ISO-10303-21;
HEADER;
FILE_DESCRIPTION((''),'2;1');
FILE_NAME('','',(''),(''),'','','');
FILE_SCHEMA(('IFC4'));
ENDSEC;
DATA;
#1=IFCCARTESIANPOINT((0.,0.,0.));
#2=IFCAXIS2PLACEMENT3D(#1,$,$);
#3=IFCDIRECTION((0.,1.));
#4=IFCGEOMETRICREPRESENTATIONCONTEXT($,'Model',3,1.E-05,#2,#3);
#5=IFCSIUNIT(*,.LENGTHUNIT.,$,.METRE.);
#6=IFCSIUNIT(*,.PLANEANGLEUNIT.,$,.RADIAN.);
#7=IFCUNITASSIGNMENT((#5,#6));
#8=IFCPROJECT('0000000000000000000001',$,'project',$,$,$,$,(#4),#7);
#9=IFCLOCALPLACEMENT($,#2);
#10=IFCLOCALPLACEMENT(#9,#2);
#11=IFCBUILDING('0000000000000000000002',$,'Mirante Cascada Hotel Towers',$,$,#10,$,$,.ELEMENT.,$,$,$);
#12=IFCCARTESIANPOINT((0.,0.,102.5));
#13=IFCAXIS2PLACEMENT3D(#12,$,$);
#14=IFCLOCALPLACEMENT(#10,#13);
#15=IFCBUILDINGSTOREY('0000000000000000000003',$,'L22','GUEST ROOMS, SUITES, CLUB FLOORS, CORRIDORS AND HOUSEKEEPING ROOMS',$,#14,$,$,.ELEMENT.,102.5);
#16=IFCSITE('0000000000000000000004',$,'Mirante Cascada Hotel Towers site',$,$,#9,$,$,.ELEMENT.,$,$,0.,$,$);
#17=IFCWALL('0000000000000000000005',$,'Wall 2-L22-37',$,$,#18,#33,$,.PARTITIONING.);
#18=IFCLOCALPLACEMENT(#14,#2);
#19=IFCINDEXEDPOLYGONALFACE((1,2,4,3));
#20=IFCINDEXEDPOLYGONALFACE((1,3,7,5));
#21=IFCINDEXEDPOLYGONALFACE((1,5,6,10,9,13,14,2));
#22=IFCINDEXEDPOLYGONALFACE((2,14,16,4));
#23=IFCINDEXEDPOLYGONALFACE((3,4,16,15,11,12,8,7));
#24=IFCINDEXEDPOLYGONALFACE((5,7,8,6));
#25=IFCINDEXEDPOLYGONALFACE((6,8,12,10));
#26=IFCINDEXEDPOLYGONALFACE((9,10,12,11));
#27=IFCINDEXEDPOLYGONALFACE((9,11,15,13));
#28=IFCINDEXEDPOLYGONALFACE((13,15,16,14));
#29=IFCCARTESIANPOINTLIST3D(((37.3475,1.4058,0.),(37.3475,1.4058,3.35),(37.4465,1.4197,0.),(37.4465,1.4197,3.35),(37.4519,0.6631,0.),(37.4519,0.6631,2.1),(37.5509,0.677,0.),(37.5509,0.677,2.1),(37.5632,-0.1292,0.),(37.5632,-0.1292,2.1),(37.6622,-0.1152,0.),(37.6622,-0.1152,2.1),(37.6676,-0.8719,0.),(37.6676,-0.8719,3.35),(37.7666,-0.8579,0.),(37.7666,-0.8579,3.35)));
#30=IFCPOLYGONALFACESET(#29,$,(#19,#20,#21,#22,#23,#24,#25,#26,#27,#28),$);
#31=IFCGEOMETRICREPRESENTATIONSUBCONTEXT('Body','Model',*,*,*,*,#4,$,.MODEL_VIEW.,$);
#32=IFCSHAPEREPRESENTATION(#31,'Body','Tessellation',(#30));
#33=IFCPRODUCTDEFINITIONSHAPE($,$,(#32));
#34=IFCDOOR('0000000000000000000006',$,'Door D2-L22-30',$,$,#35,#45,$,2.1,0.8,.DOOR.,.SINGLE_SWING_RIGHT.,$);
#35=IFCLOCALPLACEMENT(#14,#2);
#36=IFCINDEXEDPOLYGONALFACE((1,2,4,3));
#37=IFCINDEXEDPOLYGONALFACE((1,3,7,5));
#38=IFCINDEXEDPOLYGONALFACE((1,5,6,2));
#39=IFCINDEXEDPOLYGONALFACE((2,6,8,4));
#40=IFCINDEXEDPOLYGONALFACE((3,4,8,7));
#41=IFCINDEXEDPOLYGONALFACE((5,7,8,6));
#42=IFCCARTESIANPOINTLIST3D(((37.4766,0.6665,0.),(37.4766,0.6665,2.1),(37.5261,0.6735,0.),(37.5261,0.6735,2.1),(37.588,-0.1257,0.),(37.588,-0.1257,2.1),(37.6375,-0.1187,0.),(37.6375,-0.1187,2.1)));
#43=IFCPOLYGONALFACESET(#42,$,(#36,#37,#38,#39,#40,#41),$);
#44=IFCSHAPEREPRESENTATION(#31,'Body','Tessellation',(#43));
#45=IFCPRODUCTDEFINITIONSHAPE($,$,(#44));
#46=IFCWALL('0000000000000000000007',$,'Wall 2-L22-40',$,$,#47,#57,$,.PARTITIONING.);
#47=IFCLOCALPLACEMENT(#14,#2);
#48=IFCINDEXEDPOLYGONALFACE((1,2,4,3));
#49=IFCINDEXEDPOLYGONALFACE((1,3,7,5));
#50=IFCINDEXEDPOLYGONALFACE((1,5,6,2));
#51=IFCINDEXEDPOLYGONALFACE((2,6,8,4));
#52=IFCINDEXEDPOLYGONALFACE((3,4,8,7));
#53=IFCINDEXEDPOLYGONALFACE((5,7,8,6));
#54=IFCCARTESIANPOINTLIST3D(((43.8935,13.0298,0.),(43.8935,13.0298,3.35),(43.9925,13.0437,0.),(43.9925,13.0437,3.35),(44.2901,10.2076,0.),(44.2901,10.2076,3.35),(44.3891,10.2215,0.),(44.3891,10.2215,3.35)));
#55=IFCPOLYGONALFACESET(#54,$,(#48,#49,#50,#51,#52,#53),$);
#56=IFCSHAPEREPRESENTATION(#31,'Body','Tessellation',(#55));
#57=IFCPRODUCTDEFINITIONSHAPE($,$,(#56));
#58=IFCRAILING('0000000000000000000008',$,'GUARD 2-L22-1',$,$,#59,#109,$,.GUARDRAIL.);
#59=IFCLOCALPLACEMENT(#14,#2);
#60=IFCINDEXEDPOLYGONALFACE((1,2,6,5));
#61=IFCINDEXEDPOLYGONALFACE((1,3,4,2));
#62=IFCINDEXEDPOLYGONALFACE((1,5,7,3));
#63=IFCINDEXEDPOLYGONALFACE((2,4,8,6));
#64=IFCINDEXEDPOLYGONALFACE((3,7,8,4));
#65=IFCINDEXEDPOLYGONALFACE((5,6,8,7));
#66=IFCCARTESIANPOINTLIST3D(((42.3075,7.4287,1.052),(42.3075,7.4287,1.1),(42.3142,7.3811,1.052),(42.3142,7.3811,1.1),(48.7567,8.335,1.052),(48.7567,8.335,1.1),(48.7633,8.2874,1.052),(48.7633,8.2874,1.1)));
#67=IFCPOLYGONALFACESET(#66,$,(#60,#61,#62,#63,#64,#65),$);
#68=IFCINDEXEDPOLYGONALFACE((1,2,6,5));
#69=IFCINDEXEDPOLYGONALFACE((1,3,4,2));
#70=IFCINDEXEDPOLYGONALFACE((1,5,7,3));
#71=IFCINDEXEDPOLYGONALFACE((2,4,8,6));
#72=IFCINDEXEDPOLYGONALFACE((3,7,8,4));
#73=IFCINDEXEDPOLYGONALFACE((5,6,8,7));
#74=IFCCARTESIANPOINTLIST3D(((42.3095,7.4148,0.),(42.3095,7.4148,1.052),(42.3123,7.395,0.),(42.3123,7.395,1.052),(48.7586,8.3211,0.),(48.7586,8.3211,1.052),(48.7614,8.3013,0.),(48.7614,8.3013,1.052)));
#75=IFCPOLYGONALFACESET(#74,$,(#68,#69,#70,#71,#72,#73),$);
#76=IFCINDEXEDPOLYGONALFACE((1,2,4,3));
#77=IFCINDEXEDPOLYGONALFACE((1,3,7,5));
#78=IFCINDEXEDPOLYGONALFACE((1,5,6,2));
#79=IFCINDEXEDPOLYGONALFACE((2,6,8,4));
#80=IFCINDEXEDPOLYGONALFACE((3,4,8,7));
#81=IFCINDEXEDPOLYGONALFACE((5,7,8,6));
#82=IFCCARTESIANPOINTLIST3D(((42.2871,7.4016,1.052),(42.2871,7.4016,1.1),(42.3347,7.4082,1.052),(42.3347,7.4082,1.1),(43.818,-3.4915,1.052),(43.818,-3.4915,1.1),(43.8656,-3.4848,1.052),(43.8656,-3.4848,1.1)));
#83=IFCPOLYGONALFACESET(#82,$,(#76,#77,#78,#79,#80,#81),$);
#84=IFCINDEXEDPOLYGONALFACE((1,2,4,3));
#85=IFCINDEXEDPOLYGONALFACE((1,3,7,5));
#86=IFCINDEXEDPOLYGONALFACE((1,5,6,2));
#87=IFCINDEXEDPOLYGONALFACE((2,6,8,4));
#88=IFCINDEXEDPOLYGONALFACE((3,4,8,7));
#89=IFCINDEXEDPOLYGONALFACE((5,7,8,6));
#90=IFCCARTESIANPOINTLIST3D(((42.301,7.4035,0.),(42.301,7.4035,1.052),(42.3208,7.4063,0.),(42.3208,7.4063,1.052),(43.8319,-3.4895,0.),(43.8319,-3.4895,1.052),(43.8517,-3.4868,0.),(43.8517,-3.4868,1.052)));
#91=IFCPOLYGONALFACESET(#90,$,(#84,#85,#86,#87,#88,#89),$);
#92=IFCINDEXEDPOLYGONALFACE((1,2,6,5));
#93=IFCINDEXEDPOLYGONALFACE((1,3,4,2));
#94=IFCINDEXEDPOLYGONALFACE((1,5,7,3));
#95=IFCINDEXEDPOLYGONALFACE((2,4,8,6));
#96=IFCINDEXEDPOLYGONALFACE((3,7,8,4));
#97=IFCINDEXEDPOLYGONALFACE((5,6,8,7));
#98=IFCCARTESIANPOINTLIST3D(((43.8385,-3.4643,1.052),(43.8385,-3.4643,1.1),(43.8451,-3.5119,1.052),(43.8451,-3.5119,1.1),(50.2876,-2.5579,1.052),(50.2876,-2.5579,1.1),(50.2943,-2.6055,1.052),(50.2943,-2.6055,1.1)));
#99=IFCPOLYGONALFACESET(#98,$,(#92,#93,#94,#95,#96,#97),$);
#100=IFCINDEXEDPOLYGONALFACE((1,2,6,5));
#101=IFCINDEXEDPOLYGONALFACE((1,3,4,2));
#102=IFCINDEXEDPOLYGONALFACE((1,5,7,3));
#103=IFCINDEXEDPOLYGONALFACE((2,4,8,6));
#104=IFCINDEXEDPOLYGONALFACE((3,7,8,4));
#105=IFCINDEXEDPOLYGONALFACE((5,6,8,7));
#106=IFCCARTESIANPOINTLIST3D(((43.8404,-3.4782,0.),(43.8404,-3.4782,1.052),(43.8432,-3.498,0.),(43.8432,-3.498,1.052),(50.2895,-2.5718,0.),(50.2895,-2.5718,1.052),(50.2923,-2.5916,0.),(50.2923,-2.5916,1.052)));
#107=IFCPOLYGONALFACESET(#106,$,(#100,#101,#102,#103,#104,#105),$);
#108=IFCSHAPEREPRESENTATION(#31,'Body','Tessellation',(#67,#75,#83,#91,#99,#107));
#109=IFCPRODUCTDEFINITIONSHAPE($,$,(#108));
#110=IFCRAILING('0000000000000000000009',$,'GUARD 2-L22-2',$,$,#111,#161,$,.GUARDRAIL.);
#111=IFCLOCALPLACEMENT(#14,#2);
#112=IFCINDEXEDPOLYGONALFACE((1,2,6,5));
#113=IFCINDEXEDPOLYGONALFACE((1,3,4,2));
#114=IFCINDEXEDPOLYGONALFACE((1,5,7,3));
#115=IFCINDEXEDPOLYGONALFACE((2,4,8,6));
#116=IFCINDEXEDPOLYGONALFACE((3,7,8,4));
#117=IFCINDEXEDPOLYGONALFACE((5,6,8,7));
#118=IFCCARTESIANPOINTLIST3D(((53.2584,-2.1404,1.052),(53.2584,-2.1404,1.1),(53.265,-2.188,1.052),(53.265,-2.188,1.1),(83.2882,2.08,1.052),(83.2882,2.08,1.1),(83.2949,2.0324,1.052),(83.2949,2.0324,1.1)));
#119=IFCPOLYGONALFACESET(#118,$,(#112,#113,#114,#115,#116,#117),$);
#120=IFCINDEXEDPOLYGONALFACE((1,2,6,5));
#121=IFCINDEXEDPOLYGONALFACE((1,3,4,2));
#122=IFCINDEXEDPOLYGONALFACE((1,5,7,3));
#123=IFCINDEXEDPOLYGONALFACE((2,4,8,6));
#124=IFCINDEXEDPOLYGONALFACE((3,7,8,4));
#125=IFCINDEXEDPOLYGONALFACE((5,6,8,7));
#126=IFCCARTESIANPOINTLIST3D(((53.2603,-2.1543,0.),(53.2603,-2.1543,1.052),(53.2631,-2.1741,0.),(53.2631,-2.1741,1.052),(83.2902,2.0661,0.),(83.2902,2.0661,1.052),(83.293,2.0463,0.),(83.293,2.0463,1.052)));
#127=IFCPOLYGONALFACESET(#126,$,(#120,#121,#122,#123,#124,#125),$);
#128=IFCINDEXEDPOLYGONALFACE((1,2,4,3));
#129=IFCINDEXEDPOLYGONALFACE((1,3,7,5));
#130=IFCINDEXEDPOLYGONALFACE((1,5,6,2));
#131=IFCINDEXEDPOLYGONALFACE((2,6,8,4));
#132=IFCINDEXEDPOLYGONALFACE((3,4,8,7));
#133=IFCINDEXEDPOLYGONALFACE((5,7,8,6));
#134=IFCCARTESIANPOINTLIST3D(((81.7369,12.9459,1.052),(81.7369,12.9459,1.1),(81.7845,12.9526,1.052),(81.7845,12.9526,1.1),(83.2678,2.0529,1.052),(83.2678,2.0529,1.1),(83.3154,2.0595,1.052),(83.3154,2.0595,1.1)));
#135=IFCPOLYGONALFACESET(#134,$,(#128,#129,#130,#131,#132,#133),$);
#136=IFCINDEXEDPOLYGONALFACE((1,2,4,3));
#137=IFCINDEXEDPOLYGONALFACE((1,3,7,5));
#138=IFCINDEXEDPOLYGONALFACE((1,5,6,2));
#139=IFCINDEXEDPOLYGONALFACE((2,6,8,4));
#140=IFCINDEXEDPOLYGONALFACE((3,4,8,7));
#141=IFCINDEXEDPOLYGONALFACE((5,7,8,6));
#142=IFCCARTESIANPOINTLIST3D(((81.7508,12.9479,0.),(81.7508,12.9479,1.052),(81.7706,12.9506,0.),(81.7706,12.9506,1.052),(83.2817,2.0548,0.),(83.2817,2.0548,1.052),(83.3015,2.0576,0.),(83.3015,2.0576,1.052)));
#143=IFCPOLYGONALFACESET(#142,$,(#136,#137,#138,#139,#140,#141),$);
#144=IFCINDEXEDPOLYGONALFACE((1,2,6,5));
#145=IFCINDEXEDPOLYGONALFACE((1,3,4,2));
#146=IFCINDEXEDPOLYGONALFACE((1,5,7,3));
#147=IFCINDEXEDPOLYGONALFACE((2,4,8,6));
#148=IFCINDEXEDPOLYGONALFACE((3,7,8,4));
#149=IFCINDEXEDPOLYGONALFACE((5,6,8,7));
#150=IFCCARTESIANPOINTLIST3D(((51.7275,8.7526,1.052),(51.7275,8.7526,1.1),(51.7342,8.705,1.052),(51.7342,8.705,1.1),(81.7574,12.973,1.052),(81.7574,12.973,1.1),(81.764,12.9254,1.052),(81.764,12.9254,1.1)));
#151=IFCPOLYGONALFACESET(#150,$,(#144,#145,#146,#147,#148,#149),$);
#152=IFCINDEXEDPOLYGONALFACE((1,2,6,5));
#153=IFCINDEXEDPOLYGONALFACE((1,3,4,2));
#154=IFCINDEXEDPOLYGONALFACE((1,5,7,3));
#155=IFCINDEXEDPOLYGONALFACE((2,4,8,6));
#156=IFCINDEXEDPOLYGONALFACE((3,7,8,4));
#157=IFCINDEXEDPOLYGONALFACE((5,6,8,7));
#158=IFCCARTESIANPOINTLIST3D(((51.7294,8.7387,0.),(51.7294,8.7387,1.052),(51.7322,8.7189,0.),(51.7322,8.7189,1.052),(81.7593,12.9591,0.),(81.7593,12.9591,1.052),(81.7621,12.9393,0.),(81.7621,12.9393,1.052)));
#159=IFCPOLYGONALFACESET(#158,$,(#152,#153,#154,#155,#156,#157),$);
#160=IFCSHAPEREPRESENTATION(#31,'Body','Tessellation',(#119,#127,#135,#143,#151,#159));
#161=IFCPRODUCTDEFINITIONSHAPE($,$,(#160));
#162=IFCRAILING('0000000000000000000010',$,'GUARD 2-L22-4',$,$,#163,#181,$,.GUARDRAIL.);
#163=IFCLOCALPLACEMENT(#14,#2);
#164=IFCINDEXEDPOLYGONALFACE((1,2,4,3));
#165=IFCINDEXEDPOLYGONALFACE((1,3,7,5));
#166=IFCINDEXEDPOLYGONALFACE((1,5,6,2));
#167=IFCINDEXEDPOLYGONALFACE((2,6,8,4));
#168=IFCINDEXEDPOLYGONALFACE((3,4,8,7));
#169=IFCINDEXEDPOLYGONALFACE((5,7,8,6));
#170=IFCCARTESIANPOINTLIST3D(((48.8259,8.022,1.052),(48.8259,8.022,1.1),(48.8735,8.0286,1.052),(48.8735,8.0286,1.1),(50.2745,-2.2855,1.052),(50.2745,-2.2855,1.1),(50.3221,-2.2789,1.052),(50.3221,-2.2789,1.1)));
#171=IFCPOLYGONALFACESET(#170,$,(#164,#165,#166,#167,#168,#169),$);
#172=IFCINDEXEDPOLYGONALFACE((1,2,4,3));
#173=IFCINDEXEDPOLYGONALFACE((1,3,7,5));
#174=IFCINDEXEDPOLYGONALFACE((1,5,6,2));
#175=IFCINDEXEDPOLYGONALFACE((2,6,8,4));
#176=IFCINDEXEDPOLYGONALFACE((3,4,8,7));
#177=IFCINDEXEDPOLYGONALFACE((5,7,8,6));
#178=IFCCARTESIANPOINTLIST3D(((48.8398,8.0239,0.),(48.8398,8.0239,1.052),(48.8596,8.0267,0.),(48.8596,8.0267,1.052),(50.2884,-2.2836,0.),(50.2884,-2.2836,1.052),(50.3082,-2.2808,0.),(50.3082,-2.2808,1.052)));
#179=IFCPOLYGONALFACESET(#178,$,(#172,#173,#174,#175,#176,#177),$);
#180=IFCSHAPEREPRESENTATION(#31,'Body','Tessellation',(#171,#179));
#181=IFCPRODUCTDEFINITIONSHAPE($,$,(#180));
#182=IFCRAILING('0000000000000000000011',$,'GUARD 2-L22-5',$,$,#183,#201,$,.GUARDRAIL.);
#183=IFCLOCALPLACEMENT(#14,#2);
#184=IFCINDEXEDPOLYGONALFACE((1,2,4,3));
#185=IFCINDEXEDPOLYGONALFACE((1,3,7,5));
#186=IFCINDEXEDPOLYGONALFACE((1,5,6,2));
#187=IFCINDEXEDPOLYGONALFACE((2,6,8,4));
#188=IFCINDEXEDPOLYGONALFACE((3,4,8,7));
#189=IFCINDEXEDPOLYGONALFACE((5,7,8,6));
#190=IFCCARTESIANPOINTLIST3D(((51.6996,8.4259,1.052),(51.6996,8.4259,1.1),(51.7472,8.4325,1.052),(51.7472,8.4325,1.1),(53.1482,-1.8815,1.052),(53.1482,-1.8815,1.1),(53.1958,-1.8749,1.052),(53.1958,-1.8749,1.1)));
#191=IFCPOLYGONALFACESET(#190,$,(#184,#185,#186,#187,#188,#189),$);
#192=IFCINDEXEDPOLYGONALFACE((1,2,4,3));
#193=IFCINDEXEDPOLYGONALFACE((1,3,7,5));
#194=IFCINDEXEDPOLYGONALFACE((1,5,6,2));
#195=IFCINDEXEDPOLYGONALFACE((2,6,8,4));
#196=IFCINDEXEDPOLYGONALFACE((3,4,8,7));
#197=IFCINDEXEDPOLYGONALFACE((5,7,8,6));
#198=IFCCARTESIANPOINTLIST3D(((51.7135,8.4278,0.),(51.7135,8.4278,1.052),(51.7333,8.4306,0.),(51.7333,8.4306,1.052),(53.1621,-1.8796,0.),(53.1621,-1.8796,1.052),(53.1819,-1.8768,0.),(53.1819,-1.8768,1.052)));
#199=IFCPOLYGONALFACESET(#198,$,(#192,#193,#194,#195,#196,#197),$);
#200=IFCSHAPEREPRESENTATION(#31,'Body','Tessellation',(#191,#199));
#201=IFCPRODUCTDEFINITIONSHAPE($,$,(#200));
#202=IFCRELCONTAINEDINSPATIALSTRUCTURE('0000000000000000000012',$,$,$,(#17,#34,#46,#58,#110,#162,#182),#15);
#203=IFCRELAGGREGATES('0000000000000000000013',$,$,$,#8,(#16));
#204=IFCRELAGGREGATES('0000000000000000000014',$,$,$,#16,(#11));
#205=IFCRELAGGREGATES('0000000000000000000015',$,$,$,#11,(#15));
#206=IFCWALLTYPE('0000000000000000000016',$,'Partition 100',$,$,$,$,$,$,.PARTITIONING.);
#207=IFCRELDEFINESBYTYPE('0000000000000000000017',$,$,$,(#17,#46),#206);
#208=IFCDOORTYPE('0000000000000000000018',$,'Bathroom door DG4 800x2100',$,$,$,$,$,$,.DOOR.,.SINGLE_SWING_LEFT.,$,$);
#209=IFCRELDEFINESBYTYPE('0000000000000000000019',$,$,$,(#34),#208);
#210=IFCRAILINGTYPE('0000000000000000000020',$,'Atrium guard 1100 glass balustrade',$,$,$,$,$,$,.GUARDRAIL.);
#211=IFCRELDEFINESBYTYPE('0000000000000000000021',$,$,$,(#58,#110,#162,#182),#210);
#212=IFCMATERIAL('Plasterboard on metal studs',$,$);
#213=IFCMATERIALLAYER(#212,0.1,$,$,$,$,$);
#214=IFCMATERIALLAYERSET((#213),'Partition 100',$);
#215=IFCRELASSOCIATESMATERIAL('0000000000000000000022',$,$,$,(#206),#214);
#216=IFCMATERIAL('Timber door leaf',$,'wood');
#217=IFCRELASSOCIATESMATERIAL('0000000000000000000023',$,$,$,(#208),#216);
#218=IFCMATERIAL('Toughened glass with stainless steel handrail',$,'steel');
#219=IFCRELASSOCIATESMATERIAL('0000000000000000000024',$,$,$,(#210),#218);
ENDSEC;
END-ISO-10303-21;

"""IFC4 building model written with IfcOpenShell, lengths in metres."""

from ifc_helpers import new_model, si_unit, direction, frame, frame_2d, origin, origin_2d, place, context, subcontext, project, spatial, rectangle, extrude, material, layer, layer_set, type_object, element, fill, save


model = new_model("IFC4")

# Units and contexts
model_context = context("Model", 3, precision=1e-05, world=origin(), true_north=direction((0.0, 1.0)))
body_context = subcontext(model_context, "Body", "Model", "MODEL_VIEW")
ifc_project = project(units=[si_unit("LENGTHUNIT", "METRE"), si_unit("PLANEANGLEUNIT", "RADIAN")], contexts=[model_context])

# Site, building, storey
site_placement = place(None, origin())
site = spatial("IfcSite", under=ifc_project, at=site_placement, Name="Mirante Cascada Hotel Towers site", CompositionType="ELEMENT", RefElevation=0.0)
building_placement = place(site_placement, origin())
building = spatial("IfcBuilding", under=site, at=building_placement, Name="Mirante Cascada Hotel Towers", CompositionType="ELEMENT")
storey_placement = place(building_placement, frame((0.0, 0.0, 102.5)))
storey = spatial("IfcBuildingStorey", under=building, at=storey_placement, Name="L22", Description="GUEST ROOMS, SUITES, CLUB FLOORS, CORRIDORS AND HOUSEKEEPING ROOMS", CompositionType="ELEMENT", Elevation=102.5)

# Shared definitions
ifc_material_1 = material(Name="Plasterboard on metal studs")
ifc_layer_1 = layer(ifc_material_1, 0.1)
ifc_layer_set_1 = layer_set([ifc_layer_1], Name="Partition 100")
wall_type_1 = type_object("IfcWallType", Name="Partition 100", PredefinedType="PARTITIONING", material=ifc_layer_set_1)

# Wall, opening, door
ifc_material_2 = material(Name="Timber door leaf", Category="wood")
door_type_1 = type_object("IfcDoorType", Name="Bathroom door DG4 800x2100", OperationType="SINGLE_SWING_LEFT", PredefinedType="DOOR", material=ifc_material_2)
wall_1_placement = place(storey_placement, frame((37.7171, -0.8649, 0.0), z_axis=(0.0, 0.0, 1.0), x_axis=(-0.139175, 0.990268, 0.0)))
wall_1 = element("IfcWall", 1, at=wall_1_placement, inside=storey, type_object=wall_type_1, Name="Wall 2-L22-37", PredefinedType="PARTITIONING", context=body_context, shape_type="SweptSolid", body=[
    extrude(rectangle(XDim=2.3, YDim=0.1, at=frame_2d((1.15, 0.0))), origin(), (0.0, 0.0, 1.0), 3.35),
])
opening_1_placement = place(wall_1_placement, frame((0.75, 0.0, 0.0)))
opening_1 = element("IfcOpeningElement", 2, at=opening_1_placement, cuts=wall_1, PredefinedType="OPENING", context=body_context, shape_type="SweptSolid", body=[
    extrude(rectangle(XDim=0.8, YDim=2.1, at=frame_2d((0.4, 1.05))), frame((0.0, 0.05, 0.0), z_axis=(0.0, -1.0, 0.0), x_axis=(1.0, 0.0, 0.0)), (0.0, 0.0, 1.0), 0.1),
])
door_1_placement = place(opening_1_placement, frame((0.8, 0.0, 0.0), z_axis=(0.0, 0.0, 1.0), x_axis=(-1.0, 0.0, 0.0)))
door_1 = element("IfcDoor", 3, at=door_1_placement, inside=storey, type_object=door_type_1, Name="Door D2-L22-30", OperationType="SINGLE_SWING_RIGHT", OverallHeight=2.1, OverallWidth=0.8, PredefinedType="DOOR", context=body_context, shape_type="SweptSolid", body=[
    extrude(rectangle(XDim=0.8, YDim=2.1, at=frame_2d((0.4, 1.05))), frame((0.0, 0.025, 0.0), z_axis=(0.0, -1.0, 0.0), x_axis=(1.0, 0.0, 0.0)), (0.0, 0.0, 1.0), 0.05),
])
fill(opening_1, door_1)

# Wall
wall_2_placement = place(storey_placement, frame((43.943, 13.0368, 0.0), z_axis=(0.0, 0.0, 1.0), x_axis=(0.139161, -0.99027, 0.0)))
element("IfcWall", 4, at=wall_2_placement, inside=storey, type_object=wall_type_1, Name="Wall 2-L22-40", PredefinedType="PARTITIONING", context=body_context, shape_type="SweptSolid", body=[
    extrude(rectangle(XDim=2.8499, YDim=0.1, at=frame_2d((1.425, 0.0))), origin(), (0.0, 0.0, 1.0), 3.35),
])

# Railings
ifc_material_3 = material(Name="Toughened glass with stainless steel handrail", Category="steel")
railing_type = type_object("IfcRailingType", Name="Atrium guard 1100 glass balustrade", PredefinedType="GUARDRAIL", material=ifc_material_3)
railing_1_placement = place(storey_placement, frame((48.76, 8.3112, 0.0)))
element("IfcRailing", 5, at=railing_1_placement, inside=storey, type_object=railing_type, Name="GUARD 2-L22-1", PredefinedType="GUARDRAIL", context=body_context, shape_type="SweptSolid", body=[
    extrude(rectangle(XDim=0.048, YDim=0.048, at=origin_2d()), frame((0.0, 0.0, 1.076), z_axis=(-0.990269, -0.139164, 0.0), x_axis=(0.139164, -0.990269, 0.0)), (0.0, 0.0, 1.0), 6.5125),
    extrude(rectangle(XDim=0.02, YDim=1.052, at=origin_2d()), frame((0.0, 0.0, 0.526), z_axis=(-0.990269, -0.139164, 0.0), x_axis=(0.139164, -0.990269, 0.0)), (0.0, 0.0, 1.0), 6.5125),
    extrude(rectangle(XDim=0.048, YDim=0.048, at=origin_2d()), frame((-6.4491, -0.9063, 1.076), z_axis=(0.139172, -0.990268, 0.0), x_axis=(0.990268, 0.139172, 0.0)), (0.0, 0.0, 1.0), 11.0001),
    extrude(rectangle(XDim=0.02, YDim=1.052, at=origin_2d()), frame((-6.4491, -0.9063, 0.526), z_axis=(0.139172, -0.990268, 0.0), x_axis=(0.990268, 0.139172, 0.0)), (0.0, 0.0, 1.0), 11.0001),
    extrude(rectangle(XDim=0.048, YDim=0.048, at=origin_2d()), frame((-4.9182, -11.7993, 1.076), z_axis=(0.990267, 0.139179, 0.0), x_axis=(-0.139179, 0.990267, 0.0)), (0.0, 0.0, 1.0), 6.5125),
    extrude(rectangle(XDim=0.02, YDim=1.052, at=origin_2d()), frame((-4.9182, -11.7993, 0.526), z_axis=(0.990267, 0.139179, 0.0), x_axis=(-0.139179, 0.990267, 0.0)), (0.0, 0.0, 1.0), 6.5125),
])
railing_2_placement = place(storey_placement, frame((53.2617, -2.1642, 0.0)))
element("IfcRailing", 6, at=railing_2_placement, inside=storey, type_object=railing_type, Name="GUARD 2-L22-2", PredefinedType="GUARDRAIL", context=body_context, shape_type="SweptSolid", body=[
    extrude(rectangle(XDim=0.048, YDim=0.048, at=origin_2d()), frame((0.0, 0.0, 1.076), z_axis=(0.990268, 0.139172, 0.0), x_axis=(-0.139172, 0.990268, 0.0)), (0.0, 0.0, 1.0), 30.325),
    extrude(rectangle(XDim=0.02, YDim=1.052, at=origin_2d()), frame((0.0, 0.0, 0.526), z_axis=(0.990268, 0.139172, 0.0), x_axis=(-0.139172, 0.990268, 0.0)), (0.0, 0.0, 1.0), 30.325),
    extrude(rectangle(XDim=0.048, YDim=0.048, at=origin_2d()), frame((30.0299, 4.2204, 1.076), z_axis=(-0.139172, 0.990268, 0.0), x_axis=(-0.990268, -0.139172, 0.0)), (0.0, 0.0, 1.0), 11.0001),
    extrude(rectangle(XDim=0.02, YDim=1.052, at=origin_2d()), frame((30.0299, 4.2204, 0.526), z_axis=(-0.139172, 0.990268, 0.0), x_axis=(-0.990268, -0.139172, 0.0)), (0.0, 0.0, 1.0), 11.0001),
    extrude(rectangle(XDim=0.048, YDim=0.048, at=origin_2d()), frame((28.499, 15.1134, 1.076), z_axis=(-0.990268, -0.139172, 0.0), x_axis=(0.139172, -0.990268, 0.0)), (0.0, 0.0, 1.0), 30.325),
    extrude(rectangle(XDim=0.02, YDim=1.052, at=origin_2d()), frame((28.499, 15.1134, 0.526), z_axis=(-0.990268, -0.139172, 0.0), x_axis=(0.139172, -0.990268, 0.0)), (0.0, 0.0, 1.0), 30.325),
])
railing_3_placement = place(storey_placement, frame((50.2983, -2.2822, 0.0)))
element("IfcRailing", 7, at=railing_3_placement, inside=storey, type_object=railing_type, Name="GUARD 2-L22-4", PredefinedType="GUARDRAIL", context=body_context, shape_type="SweptSolid", body=[
    extrude(rectangle(XDim=0.048, YDim=0.048, at=origin_2d()), frame((0.0, 0.0, 1.076), z_axis=(-0.139171, 0.990268, 0.0), x_axis=(-0.990268, -0.139171, 0.0)), (0.0, 0.0, 1.0), 10.4088),
    extrude(rectangle(XDim=0.02, YDim=1.052, at=origin_2d()), frame((0.0, 0.0, 0.526), z_axis=(-0.139171, 0.990268, 0.0), x_axis=(-0.990268, -0.139171, 0.0)), (0.0, 0.0, 1.0), 10.4088),
])
railing_4_placement = place(storey_placement, frame((51.7234, 8.4292, 0.0)))
element("IfcRailing", 8, at=railing_4_placement, inside=storey, type_object=railing_type, Name="GUARD 2-L22-5", PredefinedType="GUARDRAIL", context=body_context, shape_type="SweptSolid", body=[
    extrude(rectangle(XDim=0.048, YDim=0.048, at=origin_2d()), frame((0.0, 0.0, 1.076), z_axis=(0.139172, -0.990268, 0.0), x_axis=(0.990268, 0.139172, 0.0)), (0.0, 0.0, 1.0), 10.4087),
    extrude(rectangle(XDim=0.02, YDim=1.052, at=origin_2d()), frame((0.0, 0.0, 0.526), z_axis=(0.139172, -0.990268, 0.0), x_axis=(0.990268, 0.139172, 0.0)), (0.0, 0.0, 1.0), 10.4087),
])

save(model, "model.ifc")
